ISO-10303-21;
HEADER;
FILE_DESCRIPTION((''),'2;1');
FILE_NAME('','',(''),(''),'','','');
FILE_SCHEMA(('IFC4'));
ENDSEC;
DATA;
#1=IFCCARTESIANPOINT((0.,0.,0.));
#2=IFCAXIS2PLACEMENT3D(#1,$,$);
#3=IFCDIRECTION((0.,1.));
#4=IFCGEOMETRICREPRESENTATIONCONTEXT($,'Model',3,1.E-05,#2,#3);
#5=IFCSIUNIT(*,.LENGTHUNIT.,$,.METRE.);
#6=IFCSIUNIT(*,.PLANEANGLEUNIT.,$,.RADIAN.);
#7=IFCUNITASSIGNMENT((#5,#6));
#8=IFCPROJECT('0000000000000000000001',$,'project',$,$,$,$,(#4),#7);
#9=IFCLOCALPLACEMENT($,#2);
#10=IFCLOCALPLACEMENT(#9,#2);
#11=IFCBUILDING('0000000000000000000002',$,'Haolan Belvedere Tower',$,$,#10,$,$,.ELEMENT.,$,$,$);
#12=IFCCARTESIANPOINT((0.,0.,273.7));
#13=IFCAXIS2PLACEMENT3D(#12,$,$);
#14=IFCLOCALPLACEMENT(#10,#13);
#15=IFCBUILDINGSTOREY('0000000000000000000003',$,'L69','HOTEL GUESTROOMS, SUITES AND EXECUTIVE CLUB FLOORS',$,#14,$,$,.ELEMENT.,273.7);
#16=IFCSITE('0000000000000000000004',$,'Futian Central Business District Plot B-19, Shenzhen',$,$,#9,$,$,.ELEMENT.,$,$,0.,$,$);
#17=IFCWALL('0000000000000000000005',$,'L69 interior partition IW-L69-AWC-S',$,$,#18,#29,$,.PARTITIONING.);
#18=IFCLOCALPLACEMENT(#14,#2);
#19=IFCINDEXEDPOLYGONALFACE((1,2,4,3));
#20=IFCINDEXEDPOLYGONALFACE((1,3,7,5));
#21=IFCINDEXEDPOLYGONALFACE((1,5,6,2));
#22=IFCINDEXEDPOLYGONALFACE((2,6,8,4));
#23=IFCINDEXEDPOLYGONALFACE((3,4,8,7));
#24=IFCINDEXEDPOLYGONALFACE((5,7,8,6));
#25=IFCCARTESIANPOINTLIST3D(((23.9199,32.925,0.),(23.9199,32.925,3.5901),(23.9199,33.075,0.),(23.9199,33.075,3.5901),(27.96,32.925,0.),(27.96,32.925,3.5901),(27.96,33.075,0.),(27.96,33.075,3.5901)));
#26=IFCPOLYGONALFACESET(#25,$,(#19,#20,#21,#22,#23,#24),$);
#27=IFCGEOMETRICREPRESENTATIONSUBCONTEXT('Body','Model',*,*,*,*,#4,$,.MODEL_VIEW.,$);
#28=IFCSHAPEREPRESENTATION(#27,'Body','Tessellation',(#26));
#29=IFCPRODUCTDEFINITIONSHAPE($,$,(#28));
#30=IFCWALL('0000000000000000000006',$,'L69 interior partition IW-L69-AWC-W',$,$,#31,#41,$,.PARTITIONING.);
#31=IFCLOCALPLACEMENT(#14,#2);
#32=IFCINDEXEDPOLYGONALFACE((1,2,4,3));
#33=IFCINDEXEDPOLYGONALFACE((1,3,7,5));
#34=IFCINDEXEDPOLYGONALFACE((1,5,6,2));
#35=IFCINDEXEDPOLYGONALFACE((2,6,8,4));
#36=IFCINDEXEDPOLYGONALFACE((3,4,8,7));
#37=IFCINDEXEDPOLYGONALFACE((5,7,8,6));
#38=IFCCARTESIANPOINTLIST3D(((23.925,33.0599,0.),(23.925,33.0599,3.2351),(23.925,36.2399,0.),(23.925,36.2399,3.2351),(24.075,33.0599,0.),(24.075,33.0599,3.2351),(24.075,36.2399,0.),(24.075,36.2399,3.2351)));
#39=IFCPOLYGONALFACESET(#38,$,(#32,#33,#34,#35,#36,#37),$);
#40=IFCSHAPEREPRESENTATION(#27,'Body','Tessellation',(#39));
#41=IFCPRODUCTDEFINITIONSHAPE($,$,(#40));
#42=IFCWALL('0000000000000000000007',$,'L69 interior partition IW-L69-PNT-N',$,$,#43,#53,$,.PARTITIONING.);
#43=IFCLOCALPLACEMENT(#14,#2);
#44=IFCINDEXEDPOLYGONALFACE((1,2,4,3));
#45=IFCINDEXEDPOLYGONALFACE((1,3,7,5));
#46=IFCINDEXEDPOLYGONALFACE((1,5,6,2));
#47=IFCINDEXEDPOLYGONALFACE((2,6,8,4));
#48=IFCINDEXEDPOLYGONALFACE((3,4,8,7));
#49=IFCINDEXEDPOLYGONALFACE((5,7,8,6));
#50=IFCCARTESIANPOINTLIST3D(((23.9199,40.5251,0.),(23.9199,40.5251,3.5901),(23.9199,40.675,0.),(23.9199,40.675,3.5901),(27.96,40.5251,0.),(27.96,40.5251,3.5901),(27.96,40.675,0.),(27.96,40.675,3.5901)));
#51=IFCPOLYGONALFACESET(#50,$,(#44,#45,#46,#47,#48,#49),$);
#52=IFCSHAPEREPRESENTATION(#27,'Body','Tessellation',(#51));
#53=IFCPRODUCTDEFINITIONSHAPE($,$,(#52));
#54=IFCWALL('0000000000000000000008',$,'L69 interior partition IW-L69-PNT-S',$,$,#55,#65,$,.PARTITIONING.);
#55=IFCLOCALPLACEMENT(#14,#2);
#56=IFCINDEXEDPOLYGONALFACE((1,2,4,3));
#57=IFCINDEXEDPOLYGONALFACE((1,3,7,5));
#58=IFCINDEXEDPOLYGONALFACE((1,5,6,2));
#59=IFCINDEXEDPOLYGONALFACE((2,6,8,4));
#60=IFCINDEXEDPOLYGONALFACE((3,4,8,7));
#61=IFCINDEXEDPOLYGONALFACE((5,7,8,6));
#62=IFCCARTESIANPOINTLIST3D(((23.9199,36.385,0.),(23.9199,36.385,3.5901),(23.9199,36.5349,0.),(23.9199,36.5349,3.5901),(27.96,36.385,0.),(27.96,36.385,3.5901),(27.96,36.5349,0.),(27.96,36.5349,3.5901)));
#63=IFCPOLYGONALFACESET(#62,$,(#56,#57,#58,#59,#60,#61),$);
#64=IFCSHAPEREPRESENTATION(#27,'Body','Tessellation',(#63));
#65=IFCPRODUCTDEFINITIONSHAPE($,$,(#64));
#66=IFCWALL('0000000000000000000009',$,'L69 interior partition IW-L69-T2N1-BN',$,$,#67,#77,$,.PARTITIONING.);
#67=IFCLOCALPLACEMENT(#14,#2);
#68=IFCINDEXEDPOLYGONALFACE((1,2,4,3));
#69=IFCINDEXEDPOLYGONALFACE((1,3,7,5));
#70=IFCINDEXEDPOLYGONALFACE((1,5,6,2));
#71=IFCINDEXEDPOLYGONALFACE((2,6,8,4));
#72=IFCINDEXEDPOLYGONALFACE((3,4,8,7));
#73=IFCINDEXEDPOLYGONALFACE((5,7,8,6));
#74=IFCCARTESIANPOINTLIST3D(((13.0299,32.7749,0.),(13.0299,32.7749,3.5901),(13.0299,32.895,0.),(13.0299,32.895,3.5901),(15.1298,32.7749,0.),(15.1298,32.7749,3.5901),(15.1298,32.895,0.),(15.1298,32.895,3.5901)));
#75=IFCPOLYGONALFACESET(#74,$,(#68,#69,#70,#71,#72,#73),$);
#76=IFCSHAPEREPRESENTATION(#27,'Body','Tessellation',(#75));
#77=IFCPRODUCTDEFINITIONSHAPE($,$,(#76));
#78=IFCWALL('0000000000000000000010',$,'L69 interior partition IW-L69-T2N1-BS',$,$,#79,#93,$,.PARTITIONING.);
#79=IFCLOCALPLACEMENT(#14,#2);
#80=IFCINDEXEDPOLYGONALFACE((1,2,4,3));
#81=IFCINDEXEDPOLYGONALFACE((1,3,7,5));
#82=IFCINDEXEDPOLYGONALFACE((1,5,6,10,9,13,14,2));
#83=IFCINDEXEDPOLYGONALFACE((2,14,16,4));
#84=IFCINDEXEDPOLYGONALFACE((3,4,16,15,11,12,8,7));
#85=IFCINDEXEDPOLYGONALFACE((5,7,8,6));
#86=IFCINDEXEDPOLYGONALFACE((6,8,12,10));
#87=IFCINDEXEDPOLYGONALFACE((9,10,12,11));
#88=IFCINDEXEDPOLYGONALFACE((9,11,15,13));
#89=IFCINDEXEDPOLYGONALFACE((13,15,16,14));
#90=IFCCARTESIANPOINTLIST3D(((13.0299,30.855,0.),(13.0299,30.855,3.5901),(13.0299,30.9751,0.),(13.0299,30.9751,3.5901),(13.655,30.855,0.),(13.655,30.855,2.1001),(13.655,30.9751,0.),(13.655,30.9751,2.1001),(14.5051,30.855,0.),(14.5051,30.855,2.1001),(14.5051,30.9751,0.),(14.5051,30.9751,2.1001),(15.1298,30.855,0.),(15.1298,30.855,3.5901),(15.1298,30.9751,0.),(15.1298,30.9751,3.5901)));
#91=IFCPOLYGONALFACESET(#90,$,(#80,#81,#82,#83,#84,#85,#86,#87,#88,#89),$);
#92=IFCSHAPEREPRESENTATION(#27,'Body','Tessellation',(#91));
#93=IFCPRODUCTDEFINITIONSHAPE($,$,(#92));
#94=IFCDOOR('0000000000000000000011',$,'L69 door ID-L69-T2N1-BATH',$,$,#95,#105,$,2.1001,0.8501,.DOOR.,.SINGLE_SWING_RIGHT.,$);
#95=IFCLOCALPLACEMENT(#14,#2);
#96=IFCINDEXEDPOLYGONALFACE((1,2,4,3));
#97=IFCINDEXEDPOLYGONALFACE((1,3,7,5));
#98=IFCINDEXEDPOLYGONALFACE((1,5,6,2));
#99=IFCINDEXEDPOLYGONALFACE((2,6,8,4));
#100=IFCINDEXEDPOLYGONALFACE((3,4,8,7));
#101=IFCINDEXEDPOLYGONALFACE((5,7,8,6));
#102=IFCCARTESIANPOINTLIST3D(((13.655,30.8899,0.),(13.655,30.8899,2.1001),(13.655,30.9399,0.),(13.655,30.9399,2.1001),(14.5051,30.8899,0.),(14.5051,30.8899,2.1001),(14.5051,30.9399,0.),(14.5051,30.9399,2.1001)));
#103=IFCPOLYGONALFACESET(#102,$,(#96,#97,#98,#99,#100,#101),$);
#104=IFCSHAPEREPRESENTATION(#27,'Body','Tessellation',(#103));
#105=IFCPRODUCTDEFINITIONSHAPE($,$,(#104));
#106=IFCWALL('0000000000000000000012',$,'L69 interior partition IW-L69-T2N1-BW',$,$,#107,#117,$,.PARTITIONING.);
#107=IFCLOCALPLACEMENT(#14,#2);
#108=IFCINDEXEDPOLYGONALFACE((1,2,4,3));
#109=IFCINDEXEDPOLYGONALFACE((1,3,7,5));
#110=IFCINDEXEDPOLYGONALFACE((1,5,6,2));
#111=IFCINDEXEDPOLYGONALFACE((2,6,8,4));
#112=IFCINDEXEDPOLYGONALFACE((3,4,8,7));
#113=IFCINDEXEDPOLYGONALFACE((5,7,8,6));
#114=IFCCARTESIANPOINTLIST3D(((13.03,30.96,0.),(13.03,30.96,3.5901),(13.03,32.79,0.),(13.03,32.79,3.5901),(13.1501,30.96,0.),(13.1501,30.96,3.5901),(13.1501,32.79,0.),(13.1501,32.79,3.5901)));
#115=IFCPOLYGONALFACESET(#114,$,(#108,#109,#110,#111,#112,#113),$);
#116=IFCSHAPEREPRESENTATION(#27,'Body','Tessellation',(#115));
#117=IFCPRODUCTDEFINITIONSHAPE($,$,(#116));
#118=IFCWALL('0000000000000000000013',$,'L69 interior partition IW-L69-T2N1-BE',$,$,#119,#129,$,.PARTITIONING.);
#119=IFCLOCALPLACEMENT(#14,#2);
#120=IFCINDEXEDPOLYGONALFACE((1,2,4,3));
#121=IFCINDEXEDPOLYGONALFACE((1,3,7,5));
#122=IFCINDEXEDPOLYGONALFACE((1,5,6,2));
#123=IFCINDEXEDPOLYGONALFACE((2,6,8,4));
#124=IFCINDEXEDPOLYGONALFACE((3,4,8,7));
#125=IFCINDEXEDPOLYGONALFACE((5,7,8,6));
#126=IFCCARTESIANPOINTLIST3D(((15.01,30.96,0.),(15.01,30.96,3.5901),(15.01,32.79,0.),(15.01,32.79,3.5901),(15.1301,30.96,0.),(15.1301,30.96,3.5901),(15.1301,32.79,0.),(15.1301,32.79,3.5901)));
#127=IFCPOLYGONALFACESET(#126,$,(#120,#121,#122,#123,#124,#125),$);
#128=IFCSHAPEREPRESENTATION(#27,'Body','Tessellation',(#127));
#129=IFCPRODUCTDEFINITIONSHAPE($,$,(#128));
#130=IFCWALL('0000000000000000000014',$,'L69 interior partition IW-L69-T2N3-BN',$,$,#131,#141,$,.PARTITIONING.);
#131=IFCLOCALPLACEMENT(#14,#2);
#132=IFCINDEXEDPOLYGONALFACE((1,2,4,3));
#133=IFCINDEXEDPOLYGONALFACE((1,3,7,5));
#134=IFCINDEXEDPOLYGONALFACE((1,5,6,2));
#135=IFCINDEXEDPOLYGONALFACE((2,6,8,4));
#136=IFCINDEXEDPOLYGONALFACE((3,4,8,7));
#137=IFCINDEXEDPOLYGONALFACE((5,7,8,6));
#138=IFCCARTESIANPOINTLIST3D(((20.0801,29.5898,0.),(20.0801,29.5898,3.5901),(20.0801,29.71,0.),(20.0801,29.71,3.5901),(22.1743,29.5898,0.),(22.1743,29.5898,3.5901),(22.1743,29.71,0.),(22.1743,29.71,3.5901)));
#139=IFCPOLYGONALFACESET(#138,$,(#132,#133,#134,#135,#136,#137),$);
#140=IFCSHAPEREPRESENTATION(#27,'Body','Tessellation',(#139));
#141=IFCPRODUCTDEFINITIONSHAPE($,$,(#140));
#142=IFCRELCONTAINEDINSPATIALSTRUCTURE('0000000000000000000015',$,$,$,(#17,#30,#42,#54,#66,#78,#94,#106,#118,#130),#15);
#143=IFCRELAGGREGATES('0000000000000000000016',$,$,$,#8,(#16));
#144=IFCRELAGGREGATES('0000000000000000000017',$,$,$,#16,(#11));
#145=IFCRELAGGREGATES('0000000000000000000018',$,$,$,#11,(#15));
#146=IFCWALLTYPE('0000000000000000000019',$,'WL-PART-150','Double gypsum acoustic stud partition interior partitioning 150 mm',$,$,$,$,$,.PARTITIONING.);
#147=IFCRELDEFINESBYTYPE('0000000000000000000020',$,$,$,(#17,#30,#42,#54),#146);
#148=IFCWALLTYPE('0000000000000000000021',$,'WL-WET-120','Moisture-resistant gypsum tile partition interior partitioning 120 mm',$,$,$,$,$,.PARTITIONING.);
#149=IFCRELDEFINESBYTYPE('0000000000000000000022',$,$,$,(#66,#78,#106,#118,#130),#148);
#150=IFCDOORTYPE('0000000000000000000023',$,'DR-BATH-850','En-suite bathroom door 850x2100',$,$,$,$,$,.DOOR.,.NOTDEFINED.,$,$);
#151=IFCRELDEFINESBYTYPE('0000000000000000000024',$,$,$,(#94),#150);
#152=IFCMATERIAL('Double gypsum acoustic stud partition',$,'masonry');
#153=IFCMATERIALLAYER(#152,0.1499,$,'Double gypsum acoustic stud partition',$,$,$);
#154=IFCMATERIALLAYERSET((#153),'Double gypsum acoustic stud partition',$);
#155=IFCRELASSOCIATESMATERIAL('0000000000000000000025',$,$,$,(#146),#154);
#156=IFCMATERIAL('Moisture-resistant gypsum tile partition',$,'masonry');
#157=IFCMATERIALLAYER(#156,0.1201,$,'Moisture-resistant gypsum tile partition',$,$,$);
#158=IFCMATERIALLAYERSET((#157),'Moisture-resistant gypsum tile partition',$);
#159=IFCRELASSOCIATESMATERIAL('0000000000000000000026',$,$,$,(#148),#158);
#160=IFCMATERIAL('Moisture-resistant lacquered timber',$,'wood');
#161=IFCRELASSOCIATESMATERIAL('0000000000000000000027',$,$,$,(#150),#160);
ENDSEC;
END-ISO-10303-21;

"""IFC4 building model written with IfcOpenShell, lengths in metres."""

from ifc_helpers import new_model, si_unit, direction, frame, frame_2d, origin, place, context, subcontext, project, spatial, rectangle, extrude, material, layer, layer_set, type_object, element, fill, save


model = new_model("IFC4")

# Units and contexts
model_context = context("Model", 3, precision=1e-05, world=origin(), true_north=direction((0.0, 1.0)))
body_context = subcontext(model_context, "Body", "Model", "MODEL_VIEW")
ifc_project = project(units=[si_unit("LENGTHUNIT", "METRE"), si_unit("PLANEANGLEUNIT", "RADIAN")], contexts=[model_context])

# Site, building, storey
site_placement = place(None, origin())
site = spatial("IfcSite", under=ifc_project, at=site_placement, Name="Futian Central Business District Plot B-19, Shenzhen", CompositionType="ELEMENT", RefElevation=0.0)
building_placement = place(site_placement, origin())
building = spatial("IfcBuilding", under=site, at=building_placement, Name="Haolan Belvedere Tower", CompositionType="ELEMENT")
storey_placement = place(building_placement, frame((0.0, 0.0, 273.7)))
storey = spatial("IfcBuildingStorey", under=building, at=storey_placement, Name="L69", Description="HOTEL GUESTROOMS, SUITES AND EXECUTIVE CLUB FLOORS", CompositionType="ELEMENT", Elevation=273.7)

# Walls
ifc_material_1 = material(Name="Double gypsum acoustic stud partition", Category="masonry")
ifc_layer_1 = layer(ifc_material_1, 0.1499, Name="Double gypsum acoustic stud partition")
ifc_layer_set_1 = layer_set([ifc_layer_1], Name="Double gypsum acoustic stud partition")
wall_type_1 = type_object("IfcWallType", Name="WL-PART-150", Description="Double gypsum acoustic stud partition interior partitioning 150 mm", PredefinedType="PARTITIONING", material=ifc_layer_set_1)
for number, where, z_axis, x_axis, name in (
    (1, (23.9199, 33.0, 0.0), (0.0, 0.0, 1.0), (1.0, 0.0, 0.0), "L69 interior partition IW-L69-AWC-S"),
):
    element("IfcWall", number, at=place(storey_placement, frame(where, z_axis=z_axis, x_axis=x_axis)), inside=storey, type_object=wall_type_1, Name=name, PredefinedType="PARTITIONING", context=body_context, shape_type="SweptSolid", body=[
        extrude(rectangle(XDim=4.04, YDim=0.1499, at=frame_2d((2.02, 0.0))), origin(), (0.0, 0.0, 1.0), 3.5901),
    ])
wall_1_placement = place(storey_placement, frame((24.0, 33.0601, 0.0), z_axis=(0.0, 0.0, 1.0), x_axis=(0.0, 1.0, 0.0)))
element("IfcWall", 2, at=wall_1_placement, inside=storey, type_object=wall_type_1, Name="L69 interior partition IW-L69-AWC-W", PredefinedType="PARTITIONING", context=body_context, shape_type="SweptSolid", body=[
    extrude(rectangle(XDim=3.1799, YDim=0.1499, at=frame_2d((1.5898, 0.0))), origin(), (0.0, 0.0, 1.0), 3.2351),
])
for number, where, z_axis, x_axis, name in (
    (3, (23.9199, 40.6001, 0.0), (0.0, 0.0, 1.0), (1.0, 0.0, 0.0), "L69 interior partition IW-L69-PNT-N"),
    (4, (23.9199, 36.46, 0.0), (0.0, 0.0, 1.0), (1.0, 0.0, 0.0), "L69 interior partition IW-L69-PNT-S"),
):
    element("IfcWall", number, at=place(storey_placement, frame(where, z_axis=z_axis, x_axis=x_axis)), inside=storey, type_object=wall_type_1, Name=name, PredefinedType="PARTITIONING", context=body_context, shape_type="SweptSolid", body=[
        extrude(rectangle(XDim=4.04, YDim=0.1499, at=frame_2d((2.02, 0.0))), origin(), (0.0, 0.0, 1.0), 3.5901),
    ])
ifc_material_2 = material(Name="Moisture-resistant gypsum tile partition", Category="masonry")
ifc_layer_2 = layer(ifc_material_2, 0.1201, Name="Moisture-resistant gypsum tile partition")
ifc_layer_set_2 = layer_set([ifc_layer_2], Name="Moisture-resistant gypsum tile partition")
wall_type_2 = type_object("IfcWallType", Name="WL-WET-120", Description="Moisture-resistant gypsum tile partition interior partitioning 120 mm", PredefinedType="PARTITIONING", material=ifc_layer_set_2)
wall_2_placement = place(storey_placement, frame((13.03, 32.835, 0.0), z_axis=(0.0, 0.0, 1.0), x_axis=(1.0, 0.0, 0.0)))
element("IfcWall", 5, at=wall_2_placement, inside=storey, type_object=wall_type_2, Name="L69 interior partition IW-L69-T2N1-BN", PredefinedType="PARTITIONING", context=body_context, shape_type="SweptSolid", body=[
    extrude(rectangle(XDim=2.0999, YDim=0.1201, at=frame_2d((1.0498, 0.0))), origin(), (0.0, 0.0, 1.0), 3.5901),
])

# Wall, opening, door
wall_3_placement = place(storey_placement, frame((13.03, 30.915, 0.0), z_axis=(0.0, 0.0, 1.0), x_axis=(1.0, 0.0, 0.0)))
wall_3 = element("IfcWall", 6, at=wall_3_placement, inside=storey, type_object=wall_type_2, Name="L69 interior partition IW-L69-T2N1-BS", PredefinedType="PARTITIONING", context=body_context, shape_type="SweptSolid", body=[
    extrude(rectangle(XDim=2.0999, YDim=0.1201, at=frame_2d((1.0498, 0.0))), origin(), (0.0, 0.0, 1.0), 3.5901),
])
opening_1_placement = place(wall_3_placement, frame((0.625, 0.0, 0.0)))
opening_1 = element("IfcOpeningElement", 7, at=opening_1_placement, cuts=wall_3, PredefinedType="OPENING", context=body_context, shape_type="SweptSolid", body=[
    extrude(rectangle(XDim=0.8501, YDim=2.1001, at=frame_2d((0.425, 1.05))), frame((0.0, 0.0701, 0.0), z_axis=(0.0, -1.0, 0.0), x_axis=(1.0, 0.0, 0.0)), (0.0, 0.0, 1.0), 0.1401),
])
ifc_material_3 = material(Name="Moisture-resistant lacquered timber", Category="wood")
door_type = type_object("IfcDoorType", Name="DR-BATH-850", Description="En-suite bathroom door 850x2100", OperationType="NOTDEFINED", PredefinedType="DOOR", material=ifc_material_3)
door_placement = place(opening_1_placement, origin())
door = element("IfcDoor", 8, at=door_placement, inside=storey, type_object=door_type, Name="L69 door ID-L69-T2N1-BATH", OperationType="SINGLE_SWING_RIGHT", OverallHeight=2.1001, OverallWidth=0.8501, PredefinedType="DOOR", context=body_context, shape_type="SweptSolid", body=[
    extrude(rectangle(XDim=0.8501, YDim=2.1001, at=frame_2d((0.425, 1.05))), frame((0.0, 0.0249, 0.0), z_axis=(0.0, -1.0, 0.0), x_axis=(1.0, 0.0, 0.0)), (0.0, 0.0, 1.0), 0.05),
])
fill(opening_1, door)

# Walls
for number, where, z_axis, x_axis, name in (
    (9, (13.0901, 30.96, 0.0), (0.0, 0.0, 1.0), (0.0, 1.0, 0.0), "L69 interior partition IW-L69-T2N1-BW"),
    (10, (15.0701, 30.96, 0.0), (0.0, 0.0, 1.0), (0.0, 1.0, 0.0), "L69 interior partition IW-L69-T2N1-BE"),
):
    element("IfcWall", number, at=place(storey_placement, frame(where, z_axis=z_axis, x_axis=x_axis)), inside=storey, type_object=wall_type_2, Name=name, PredefinedType="PARTITIONING", context=body_context, shape_type="SweptSolid", body=[
        extrude(rectangle(XDim=1.8301, YDim=0.1201, at=frame_2d((0.915, 0.0))), origin(), (0.0, 0.0, 1.0), 3.5901),
    ])
wall_4_placement = place(storey_placement, frame((20.0801, 29.6499, 0.0), z_axis=(0.0, 0.0, 1.0), x_axis=(1.0, 0.0, 0.0)))
element("IfcWall", 11, at=wall_4_placement, inside=storey, type_object=wall_type_2, Name="L69 interior partition IW-L69-T2N3-BN", PredefinedType="PARTITIONING", context=body_context, shape_type="SweptSolid", body=[
    extrude(rectangle(XDim=2.0942, YDim=0.1201, at=frame_2d((1.0471, 0.0))), origin(), (0.0, 0.0, 1.0), 3.5901),
])

save(model, "model.ifc")
